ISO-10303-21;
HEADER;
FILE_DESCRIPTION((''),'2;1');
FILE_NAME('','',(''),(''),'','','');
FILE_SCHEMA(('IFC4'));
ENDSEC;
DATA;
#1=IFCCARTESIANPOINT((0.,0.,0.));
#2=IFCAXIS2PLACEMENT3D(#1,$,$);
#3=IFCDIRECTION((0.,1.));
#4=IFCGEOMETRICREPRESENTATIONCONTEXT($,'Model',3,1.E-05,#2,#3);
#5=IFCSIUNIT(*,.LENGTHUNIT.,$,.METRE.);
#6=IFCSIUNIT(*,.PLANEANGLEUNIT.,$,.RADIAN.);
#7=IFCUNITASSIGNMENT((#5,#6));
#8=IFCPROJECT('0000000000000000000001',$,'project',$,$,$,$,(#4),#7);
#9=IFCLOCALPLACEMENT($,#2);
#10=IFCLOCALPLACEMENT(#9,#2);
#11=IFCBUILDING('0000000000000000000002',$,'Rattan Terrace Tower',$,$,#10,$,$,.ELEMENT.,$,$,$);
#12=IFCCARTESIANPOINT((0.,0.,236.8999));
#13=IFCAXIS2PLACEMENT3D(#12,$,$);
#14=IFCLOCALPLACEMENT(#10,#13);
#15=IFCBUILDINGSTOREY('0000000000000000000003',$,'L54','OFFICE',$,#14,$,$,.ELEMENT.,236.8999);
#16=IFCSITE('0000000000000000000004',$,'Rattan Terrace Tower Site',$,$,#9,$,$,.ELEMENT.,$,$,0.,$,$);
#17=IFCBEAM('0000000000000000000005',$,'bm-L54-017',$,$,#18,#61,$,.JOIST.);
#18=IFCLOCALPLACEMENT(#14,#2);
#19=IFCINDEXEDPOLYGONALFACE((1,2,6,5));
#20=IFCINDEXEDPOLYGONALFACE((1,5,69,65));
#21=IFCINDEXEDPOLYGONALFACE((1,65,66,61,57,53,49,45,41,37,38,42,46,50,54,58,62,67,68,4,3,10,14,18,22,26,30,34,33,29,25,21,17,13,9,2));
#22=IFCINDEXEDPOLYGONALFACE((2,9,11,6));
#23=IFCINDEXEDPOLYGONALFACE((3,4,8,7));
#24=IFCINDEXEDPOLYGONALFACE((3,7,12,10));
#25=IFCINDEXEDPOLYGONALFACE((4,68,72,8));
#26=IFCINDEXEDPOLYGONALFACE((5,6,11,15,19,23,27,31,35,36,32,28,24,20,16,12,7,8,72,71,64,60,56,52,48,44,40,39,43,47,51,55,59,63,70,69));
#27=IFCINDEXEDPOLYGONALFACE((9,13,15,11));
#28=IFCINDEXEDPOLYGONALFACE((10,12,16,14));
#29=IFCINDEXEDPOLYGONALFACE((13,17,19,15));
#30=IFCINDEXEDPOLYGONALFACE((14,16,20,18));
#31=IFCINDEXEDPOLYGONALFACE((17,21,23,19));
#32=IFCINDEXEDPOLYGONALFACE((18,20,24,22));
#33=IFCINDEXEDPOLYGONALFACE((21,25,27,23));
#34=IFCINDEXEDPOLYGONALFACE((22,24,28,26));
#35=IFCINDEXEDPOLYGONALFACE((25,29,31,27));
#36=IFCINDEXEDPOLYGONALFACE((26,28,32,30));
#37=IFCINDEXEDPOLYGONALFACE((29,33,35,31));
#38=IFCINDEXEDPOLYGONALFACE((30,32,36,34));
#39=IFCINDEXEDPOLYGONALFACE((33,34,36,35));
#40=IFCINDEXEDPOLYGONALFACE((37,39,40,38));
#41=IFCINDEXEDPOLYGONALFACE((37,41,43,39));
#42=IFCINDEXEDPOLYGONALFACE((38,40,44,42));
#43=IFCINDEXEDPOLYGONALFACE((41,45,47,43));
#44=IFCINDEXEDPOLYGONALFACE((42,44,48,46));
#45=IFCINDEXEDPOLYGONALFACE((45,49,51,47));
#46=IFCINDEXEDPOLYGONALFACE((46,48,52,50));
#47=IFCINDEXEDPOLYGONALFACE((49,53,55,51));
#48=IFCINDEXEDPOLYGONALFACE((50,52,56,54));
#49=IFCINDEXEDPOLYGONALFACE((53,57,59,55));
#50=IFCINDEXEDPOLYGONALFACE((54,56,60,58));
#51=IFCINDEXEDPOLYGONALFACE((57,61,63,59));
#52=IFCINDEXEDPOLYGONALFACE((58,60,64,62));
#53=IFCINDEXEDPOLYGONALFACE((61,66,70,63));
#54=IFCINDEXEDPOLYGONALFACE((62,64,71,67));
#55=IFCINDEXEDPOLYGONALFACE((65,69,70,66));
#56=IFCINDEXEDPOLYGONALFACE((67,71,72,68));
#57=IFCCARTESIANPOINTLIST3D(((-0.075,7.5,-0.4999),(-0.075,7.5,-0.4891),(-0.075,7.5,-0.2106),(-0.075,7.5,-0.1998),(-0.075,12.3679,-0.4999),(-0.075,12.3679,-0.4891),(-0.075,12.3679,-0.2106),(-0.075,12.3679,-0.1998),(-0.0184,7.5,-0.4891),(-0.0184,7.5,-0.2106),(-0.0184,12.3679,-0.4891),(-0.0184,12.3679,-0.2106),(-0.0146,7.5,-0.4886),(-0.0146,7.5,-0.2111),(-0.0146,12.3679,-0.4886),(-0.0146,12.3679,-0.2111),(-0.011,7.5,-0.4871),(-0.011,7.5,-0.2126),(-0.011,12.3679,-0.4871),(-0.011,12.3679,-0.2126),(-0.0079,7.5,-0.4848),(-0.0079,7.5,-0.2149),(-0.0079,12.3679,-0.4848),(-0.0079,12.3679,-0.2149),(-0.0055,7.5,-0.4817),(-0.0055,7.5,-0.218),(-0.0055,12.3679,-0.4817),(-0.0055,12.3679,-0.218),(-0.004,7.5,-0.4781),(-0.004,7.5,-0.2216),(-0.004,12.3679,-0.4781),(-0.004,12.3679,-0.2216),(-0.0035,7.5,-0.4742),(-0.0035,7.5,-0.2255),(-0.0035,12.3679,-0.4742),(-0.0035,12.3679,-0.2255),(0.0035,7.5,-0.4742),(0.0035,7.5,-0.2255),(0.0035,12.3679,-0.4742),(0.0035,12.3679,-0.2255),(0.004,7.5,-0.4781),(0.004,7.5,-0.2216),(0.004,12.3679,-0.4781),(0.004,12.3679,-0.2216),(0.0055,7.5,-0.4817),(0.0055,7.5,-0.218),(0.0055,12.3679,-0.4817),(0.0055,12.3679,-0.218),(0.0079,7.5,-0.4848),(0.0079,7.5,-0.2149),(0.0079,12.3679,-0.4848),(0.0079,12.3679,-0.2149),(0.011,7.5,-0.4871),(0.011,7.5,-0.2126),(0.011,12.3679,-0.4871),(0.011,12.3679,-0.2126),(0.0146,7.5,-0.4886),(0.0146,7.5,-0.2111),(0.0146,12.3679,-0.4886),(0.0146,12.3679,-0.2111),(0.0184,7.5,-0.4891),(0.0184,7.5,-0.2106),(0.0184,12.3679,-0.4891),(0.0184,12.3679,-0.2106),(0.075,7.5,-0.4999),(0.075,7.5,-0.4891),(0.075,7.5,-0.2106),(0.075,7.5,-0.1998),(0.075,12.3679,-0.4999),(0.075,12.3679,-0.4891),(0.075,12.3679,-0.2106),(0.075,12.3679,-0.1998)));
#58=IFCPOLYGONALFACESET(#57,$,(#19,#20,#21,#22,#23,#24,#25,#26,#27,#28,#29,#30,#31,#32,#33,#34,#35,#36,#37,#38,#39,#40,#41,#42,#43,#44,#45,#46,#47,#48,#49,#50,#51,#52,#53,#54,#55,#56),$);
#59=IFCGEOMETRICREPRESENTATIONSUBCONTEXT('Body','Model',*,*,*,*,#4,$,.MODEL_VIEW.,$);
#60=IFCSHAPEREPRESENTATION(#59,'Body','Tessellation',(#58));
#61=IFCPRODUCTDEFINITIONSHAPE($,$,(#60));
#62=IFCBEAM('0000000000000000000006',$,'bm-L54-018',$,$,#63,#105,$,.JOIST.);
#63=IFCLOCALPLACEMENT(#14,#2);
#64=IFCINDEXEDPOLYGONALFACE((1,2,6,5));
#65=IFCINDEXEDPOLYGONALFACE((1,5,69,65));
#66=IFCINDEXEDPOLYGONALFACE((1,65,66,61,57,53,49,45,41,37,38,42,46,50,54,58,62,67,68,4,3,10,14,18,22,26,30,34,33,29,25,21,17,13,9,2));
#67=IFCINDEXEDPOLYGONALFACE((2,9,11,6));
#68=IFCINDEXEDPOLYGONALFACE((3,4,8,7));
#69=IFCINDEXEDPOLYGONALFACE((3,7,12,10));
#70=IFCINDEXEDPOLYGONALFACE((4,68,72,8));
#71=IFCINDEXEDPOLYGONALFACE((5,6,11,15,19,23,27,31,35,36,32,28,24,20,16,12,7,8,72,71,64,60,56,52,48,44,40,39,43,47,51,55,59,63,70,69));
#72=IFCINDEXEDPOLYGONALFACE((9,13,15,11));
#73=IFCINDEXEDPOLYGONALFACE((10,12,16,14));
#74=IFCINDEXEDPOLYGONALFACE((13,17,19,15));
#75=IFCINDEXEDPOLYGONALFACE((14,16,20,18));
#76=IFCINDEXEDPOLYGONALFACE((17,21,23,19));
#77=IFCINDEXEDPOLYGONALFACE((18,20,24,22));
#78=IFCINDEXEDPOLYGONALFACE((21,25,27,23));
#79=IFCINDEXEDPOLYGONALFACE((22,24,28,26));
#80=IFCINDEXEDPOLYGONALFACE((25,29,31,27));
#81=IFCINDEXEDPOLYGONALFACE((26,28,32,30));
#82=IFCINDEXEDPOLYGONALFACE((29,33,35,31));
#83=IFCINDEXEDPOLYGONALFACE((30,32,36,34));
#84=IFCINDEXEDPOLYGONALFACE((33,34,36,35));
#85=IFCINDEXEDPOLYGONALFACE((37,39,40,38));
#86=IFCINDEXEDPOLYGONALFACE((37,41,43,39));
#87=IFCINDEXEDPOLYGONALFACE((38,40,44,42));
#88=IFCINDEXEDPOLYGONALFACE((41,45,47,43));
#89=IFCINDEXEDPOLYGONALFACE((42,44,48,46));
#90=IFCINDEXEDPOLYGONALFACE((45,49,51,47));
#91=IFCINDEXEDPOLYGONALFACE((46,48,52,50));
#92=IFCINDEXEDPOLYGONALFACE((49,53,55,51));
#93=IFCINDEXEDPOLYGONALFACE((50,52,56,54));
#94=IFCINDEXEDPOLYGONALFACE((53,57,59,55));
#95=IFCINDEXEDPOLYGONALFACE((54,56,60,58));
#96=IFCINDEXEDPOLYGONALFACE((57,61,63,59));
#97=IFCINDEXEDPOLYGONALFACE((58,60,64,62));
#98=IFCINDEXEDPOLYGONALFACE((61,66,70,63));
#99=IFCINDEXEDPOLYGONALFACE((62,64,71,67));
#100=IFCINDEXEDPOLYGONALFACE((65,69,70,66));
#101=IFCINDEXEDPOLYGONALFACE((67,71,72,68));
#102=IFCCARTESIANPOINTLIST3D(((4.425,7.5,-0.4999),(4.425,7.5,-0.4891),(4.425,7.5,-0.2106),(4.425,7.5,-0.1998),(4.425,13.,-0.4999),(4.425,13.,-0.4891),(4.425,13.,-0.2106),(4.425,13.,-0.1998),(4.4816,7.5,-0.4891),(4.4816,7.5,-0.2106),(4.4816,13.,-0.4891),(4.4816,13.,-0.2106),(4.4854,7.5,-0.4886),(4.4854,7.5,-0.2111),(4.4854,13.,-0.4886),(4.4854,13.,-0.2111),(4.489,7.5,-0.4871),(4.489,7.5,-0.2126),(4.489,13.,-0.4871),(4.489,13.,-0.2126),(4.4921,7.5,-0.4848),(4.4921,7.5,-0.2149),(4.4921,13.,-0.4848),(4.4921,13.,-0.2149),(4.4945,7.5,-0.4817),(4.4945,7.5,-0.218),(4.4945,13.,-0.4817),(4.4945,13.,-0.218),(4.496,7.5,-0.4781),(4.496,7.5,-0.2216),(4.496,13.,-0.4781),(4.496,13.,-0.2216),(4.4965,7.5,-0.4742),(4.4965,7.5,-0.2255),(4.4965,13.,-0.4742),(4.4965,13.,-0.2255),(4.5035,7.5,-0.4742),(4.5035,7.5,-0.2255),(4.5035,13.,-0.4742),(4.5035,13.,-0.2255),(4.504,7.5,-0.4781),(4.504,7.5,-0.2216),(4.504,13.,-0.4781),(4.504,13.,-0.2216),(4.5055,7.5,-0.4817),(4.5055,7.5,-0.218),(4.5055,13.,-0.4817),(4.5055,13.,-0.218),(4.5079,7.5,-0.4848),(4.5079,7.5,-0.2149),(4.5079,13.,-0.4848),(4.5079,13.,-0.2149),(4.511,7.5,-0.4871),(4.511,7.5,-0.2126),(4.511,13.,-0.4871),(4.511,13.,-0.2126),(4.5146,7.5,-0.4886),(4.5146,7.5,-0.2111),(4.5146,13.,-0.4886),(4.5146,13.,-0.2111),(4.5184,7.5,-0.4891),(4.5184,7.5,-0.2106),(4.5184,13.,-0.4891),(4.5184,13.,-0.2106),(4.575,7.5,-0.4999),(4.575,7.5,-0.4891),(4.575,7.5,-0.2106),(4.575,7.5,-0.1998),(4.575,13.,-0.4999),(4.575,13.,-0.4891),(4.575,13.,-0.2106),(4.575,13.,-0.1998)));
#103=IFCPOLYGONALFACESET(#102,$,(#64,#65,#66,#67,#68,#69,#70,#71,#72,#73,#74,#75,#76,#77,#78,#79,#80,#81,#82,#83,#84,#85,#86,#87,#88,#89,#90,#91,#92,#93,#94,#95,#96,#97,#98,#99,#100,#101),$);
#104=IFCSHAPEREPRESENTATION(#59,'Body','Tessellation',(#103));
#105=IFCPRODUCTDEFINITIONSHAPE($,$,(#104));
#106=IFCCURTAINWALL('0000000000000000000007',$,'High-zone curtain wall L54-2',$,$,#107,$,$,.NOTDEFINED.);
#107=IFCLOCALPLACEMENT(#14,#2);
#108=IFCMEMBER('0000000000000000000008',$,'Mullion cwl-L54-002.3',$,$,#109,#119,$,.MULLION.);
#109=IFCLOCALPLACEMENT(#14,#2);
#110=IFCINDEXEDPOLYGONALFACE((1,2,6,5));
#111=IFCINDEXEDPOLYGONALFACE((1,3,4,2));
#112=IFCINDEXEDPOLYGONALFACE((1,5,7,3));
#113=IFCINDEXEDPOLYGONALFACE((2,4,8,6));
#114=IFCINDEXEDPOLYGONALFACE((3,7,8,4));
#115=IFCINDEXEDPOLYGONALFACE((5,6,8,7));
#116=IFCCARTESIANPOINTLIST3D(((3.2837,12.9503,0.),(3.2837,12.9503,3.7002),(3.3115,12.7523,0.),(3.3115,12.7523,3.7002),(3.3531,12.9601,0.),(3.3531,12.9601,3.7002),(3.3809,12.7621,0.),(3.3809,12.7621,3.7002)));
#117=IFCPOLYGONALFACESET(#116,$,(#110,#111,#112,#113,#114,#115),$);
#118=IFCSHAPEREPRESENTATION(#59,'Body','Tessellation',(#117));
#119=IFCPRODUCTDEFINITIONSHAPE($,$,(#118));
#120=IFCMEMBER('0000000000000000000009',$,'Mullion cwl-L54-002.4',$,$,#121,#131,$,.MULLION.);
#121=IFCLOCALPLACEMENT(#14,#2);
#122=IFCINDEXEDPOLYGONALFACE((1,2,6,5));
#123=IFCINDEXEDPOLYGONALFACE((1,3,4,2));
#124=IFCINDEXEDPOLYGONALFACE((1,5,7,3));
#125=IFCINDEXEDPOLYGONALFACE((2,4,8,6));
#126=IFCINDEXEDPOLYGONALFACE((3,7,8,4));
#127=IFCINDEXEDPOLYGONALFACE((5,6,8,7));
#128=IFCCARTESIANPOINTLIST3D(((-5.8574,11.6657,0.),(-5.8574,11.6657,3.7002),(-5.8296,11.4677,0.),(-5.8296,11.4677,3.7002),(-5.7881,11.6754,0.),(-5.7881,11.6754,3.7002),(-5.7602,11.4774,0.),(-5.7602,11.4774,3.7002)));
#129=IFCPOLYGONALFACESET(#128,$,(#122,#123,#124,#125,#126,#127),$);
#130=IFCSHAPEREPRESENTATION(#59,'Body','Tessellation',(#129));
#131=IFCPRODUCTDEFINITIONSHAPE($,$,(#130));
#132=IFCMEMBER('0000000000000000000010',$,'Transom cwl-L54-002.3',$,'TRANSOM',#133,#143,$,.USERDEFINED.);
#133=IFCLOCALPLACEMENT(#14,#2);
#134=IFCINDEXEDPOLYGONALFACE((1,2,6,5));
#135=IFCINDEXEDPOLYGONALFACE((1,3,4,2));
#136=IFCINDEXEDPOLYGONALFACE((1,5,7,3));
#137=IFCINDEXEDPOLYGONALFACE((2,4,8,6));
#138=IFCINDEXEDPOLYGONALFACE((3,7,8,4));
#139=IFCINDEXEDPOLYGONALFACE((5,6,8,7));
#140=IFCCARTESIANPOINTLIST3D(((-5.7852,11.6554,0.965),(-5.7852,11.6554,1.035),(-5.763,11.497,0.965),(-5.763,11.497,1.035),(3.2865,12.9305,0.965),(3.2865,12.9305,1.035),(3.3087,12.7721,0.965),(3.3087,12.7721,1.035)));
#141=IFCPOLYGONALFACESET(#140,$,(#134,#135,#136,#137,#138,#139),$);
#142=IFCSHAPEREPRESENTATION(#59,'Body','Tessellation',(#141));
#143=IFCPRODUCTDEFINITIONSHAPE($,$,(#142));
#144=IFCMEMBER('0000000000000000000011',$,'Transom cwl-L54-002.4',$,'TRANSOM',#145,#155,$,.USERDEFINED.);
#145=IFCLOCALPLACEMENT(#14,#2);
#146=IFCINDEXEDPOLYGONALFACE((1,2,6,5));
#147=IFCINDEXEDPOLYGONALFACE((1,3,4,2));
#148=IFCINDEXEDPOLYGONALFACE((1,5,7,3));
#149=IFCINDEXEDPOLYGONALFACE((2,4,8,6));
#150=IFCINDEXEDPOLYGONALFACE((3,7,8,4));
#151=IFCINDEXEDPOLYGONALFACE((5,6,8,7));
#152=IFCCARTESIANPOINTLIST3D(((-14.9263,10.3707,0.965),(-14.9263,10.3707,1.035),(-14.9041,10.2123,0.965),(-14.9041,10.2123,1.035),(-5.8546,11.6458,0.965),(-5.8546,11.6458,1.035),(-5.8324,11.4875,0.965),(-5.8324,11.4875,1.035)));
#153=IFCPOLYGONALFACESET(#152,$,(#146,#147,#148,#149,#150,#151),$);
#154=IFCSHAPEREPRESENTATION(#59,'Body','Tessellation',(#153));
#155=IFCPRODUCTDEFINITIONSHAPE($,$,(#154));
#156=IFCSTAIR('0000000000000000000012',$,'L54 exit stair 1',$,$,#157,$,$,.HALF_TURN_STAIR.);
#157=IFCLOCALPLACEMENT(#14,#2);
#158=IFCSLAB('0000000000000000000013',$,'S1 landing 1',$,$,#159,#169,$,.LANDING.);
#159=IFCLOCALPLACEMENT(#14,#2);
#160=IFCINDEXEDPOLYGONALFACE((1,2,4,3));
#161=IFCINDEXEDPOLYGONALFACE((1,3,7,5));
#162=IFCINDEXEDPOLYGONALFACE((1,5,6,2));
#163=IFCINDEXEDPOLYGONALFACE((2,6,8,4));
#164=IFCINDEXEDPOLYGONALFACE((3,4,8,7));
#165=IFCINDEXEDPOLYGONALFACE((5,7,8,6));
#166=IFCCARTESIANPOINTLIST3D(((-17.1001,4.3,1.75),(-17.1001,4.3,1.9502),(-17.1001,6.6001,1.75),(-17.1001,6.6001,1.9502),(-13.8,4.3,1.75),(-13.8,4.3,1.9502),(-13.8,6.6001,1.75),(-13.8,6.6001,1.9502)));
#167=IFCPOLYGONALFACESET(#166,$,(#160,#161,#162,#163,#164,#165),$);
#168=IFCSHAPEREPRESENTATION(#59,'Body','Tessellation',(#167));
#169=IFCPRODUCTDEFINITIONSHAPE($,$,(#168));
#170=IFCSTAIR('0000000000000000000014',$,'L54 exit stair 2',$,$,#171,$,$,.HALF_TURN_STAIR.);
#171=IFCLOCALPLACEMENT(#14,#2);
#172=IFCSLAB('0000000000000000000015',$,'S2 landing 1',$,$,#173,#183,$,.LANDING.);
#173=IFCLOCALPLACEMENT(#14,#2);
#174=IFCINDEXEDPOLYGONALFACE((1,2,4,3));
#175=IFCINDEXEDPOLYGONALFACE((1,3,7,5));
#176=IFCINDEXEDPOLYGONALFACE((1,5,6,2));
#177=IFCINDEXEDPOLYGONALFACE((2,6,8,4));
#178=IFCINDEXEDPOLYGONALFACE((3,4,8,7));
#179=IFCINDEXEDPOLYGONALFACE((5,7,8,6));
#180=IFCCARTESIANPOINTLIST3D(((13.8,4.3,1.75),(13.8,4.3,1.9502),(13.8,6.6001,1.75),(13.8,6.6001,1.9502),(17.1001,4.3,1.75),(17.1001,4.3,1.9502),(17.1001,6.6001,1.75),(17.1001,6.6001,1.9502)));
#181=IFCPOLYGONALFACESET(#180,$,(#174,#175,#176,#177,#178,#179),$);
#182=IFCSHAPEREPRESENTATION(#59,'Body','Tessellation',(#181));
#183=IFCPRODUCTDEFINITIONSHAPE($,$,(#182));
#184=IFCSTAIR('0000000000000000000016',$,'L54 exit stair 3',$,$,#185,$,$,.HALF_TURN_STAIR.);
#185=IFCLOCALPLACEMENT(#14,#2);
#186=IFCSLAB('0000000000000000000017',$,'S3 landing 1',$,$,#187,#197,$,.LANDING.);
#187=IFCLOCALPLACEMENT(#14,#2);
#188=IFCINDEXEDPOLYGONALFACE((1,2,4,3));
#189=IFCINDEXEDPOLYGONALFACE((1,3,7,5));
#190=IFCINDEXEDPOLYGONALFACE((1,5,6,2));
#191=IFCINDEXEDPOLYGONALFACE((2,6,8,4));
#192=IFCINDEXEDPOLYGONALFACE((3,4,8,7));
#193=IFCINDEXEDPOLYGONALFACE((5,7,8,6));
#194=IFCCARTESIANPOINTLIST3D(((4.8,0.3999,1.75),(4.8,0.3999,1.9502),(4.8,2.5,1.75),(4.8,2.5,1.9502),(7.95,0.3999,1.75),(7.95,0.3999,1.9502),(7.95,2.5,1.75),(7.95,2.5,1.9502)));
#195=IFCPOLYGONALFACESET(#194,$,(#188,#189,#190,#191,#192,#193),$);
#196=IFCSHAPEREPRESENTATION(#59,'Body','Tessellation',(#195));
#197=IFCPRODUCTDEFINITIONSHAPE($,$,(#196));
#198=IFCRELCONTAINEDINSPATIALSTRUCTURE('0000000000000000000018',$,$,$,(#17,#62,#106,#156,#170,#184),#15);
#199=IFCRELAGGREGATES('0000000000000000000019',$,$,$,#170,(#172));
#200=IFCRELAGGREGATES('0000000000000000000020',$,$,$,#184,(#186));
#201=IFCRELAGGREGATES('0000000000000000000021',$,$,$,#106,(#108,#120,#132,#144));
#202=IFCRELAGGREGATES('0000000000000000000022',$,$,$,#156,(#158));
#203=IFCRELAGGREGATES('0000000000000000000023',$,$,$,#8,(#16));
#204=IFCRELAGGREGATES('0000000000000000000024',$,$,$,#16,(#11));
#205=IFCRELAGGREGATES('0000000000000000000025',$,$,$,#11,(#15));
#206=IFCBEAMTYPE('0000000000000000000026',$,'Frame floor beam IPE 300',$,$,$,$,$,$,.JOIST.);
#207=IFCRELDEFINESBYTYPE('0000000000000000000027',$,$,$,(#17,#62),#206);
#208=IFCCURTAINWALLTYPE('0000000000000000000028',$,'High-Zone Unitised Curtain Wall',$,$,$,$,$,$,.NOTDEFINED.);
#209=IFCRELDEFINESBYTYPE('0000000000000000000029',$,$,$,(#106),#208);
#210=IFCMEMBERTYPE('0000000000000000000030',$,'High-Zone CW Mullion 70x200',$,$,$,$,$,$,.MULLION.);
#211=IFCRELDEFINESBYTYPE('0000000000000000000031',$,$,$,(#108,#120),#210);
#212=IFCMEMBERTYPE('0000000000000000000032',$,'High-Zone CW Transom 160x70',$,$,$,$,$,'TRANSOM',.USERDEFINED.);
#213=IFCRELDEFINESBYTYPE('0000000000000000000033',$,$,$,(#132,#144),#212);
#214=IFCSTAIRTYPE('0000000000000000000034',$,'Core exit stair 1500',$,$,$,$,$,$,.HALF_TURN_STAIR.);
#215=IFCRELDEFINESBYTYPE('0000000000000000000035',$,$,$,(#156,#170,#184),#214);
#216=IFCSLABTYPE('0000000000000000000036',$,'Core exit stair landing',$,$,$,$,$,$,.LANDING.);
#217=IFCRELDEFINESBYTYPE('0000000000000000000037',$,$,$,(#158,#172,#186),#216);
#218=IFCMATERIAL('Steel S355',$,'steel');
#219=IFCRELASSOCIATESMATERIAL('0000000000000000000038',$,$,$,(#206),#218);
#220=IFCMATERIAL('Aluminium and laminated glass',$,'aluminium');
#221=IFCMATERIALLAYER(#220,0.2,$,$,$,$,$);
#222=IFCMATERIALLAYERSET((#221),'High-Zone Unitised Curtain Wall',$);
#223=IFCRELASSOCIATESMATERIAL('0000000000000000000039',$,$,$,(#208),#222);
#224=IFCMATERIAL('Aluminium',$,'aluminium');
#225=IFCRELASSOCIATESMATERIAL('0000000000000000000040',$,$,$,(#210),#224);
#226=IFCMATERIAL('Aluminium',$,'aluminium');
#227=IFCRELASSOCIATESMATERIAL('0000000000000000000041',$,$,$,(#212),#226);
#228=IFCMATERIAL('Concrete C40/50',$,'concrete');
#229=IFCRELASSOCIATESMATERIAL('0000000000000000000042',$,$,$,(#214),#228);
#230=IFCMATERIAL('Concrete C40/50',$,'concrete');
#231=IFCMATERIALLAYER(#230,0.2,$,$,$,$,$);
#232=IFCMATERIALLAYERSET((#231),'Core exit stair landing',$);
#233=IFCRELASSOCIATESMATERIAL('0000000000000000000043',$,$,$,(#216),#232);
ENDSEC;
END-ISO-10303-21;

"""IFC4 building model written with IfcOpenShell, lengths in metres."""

from ifc_helpers import new_model, si_unit, direction, frame, origin, origin_2d, place, context, subcontext, project, spatial, polyline, rectangle, i_section, outline, extrude, material, layer, layer_set, material_profile, profile_set, type_object, element, aggregate, save


model = new_model("IFC4")

# Units and contexts
model_context = context("Model", 3, precision=1e-05, world=origin(), true_north=direction((0.0, 1.0)))
body_context = subcontext(model_context, "Body", "Model", "MODEL_VIEW")
ifc_project = project(units=[si_unit("LENGTHUNIT", "METRE"), si_unit("PLANEANGLEUNIT", "RADIAN")], contexts=[model_context])

# Site, building, storey
site_placement = place(None, origin())
site = spatial("IfcSite", under=ifc_project, at=site_placement, Name="Rattan Terrace Tower Site", CompositionType="ELEMENT", RefElevation=0.0)
building_placement = place(site_placement, origin())
building = spatial("IfcBuilding", under=site, at=building_placement, Name="Rattan Terrace Tower", CompositionType="ELEMENT")
storey_placement = place(building_placement, frame((0.0, 0.0, 236.8999)))
storey = spatial("IfcBuildingStorey", under=building, at=storey_placement, Name="L54", Description="OFFICE", CompositionType="ELEMENT", Elevation=236.8999)

# Beams
ifc_material_1 = material(Name="Steel S355", Category="steel")
ifc_material_profile_1 = material_profile(ifc_material_1, i_section(OverallWidth=0.1499, OverallDepth=0.3, WebThickness=0.0071, FlangeThickness=0.0107, FilletRadius=0.0149, at=origin_2d()), Name="IPE 300")
ifc_profile_set_1 = profile_set([ifc_material_profile_1], Name="Steel S355")
beam_type = type_object("IfcBeamType", Name="Frame floor beam IPE 300", PredefinedType="JOIST", material=ifc_profile_set_1)
beam_1_placement = place(storey_placement, frame((0.0, 7.5, -0.3499), z_axis=(0.0, 1.0, 0.0), x_axis=(-1.0, 0.0, 0.0)))
element("IfcBeam", 1, at=beam_1_placement, inside=storey, type_object=beam_type, Name="bm-L54-017", PredefinedType="JOIST", context=body_context, shape_type="SweptSolid", body=[
    extrude(i_section(OverallWidth=0.1499, OverallDepth=0.3, WebThickness=0.0071, FlangeThickness=0.0107, FilletRadius=0.0149, at=origin_2d()), origin(), (0.0, 0.0, 1.0), 4.8679),
])
beam_2_placement = place(storey_placement, frame((4.5, 7.5, -0.3499), z_axis=(0.0, 1.0, 0.0), x_axis=(-1.0, 0.0, 0.0)))
element("IfcBeam", 2, at=beam_2_placement, inside=storey, type_object=beam_type, Name="bm-L54-018", PredefinedType="JOIST", context=body_context, shape_type="SweptSolid", body=[
    extrude(i_section(OverallWidth=0.1499, OverallDepth=0.3, WebThickness=0.0071, FlangeThickness=0.0107, FilletRadius=0.0149, at=origin_2d()), origin(), (0.0, 0.0, 1.0), 5.5),
])

# Curtain wall, members
ifc_material_2 = material(Name="Aluminium and laminated glass", Category="aluminium")
ifc_layer_1 = layer(ifc_material_2, 0.2)
ifc_layer_set_1 = layer_set([ifc_layer_1], Name="High-Zone Unitised Curtain Wall")
curtain_wall_type = type_object("IfcCurtainWallType", Name="High-Zone Unitised Curtain Wall", PredefinedType="NOTDEFINED", material=ifc_layer_set_1)
curtain_wall_placement = place(storey_placement, origin())
curtain_wall = element("IfcCurtainWall", 3, at=curtain_wall_placement, inside=storey, type_object=curtain_wall_type, Name="High-zone curtain wall L54-2", PredefinedType="NOTDEFINED")
ifc_material_3 = material(Name="Aluminium", Category="aluminium")
ifc_material_profile_2 = material_profile(ifc_material_3, rectangle(XDim=0.0701, YDim=0.2, at=origin_2d()), Name="Aluminium 70x200")
ifc_profile_set_2 = profile_set([ifc_material_profile_2], Name="Aluminium")
member_type_1 = type_object("IfcMemberType", Name="High-Zone CW Mullion 70x200", PredefinedType="MULLION", material=ifc_profile_set_2)
member_1_placement = place(storey_placement, frame((3.3323, 12.8562, 0.0), z_axis=(0.0, 0.0, 1.0), x_axis=(-0.990267, -0.139177, 0.0)))
member_1 = element("IfcMember", 4, at=member_1_placement, type_object=member_type_1, Name="Mullion cwl-L54-002.3", PredefinedType="MULLION", context=body_context, shape_type="SweptSolid", body=[
    extrude(rectangle(XDim=0.0701, YDim=0.2, at=origin_2d()), origin(), (0.0, 0.0, 1.0), 3.7002),
])
member_2_placement = place(storey_placement, frame((-5.8088, 11.5715, 0.0), z_axis=(0.0, 0.0, 1.0), x_axis=(-0.990267, -0.139177, 0.0)))
member_2 = element("IfcMember", 5, at=member_2_placement, type_object=member_type_1, Name="Mullion cwl-L54-002.4", PredefinedType="MULLION", context=body_context, shape_type="SweptSolid", body=[
    extrude(rectangle(XDim=0.0701, YDim=0.2, at=origin_2d()), origin(), (0.0, 0.0, 1.0), 3.7002),
])
ifc_material_4 = material(Name="Aluminium", Category="aluminium")
ifc_material_profile_3 = material_profile(ifc_material_4, rectangle(XDim=0.1599, YDim=0.0701, at=origin_2d()), Name="Aluminium 160x70")
ifc_profile_set_3 = profile_set([ifc_material_profile_3], Name="Aluminium")
member_type_2 = type_object("IfcMemberType", Name="High-Zone CW Transom 160x70", ElementType="TRANSOM", PredefinedType="USERDEFINED", material=ifc_profile_set_3)
member_3_placement = place(storey_placement, frame((3.2976, 12.8513, 1.0), z_axis=(-0.990265, -0.139194, 0.0), x_axis=(0.139194, -0.990265, 0.0)))
member_3 = element("IfcMember", 6, at=member_3_placement, type_object=member_type_2, Name="Transom cwl-L54-002.3", ObjectType="TRANSOM", PredefinedType="USERDEFINED", context=body_context, shape_type="SweptSolid", body=[
    extrude(rectangle(XDim=0.1599, YDim=0.0701, at=origin_2d()), origin(), (0.0, 0.0, 1.0), 9.1609),
])
member_4_placement = place(storey_placement, frame((-5.8435, 11.5667, 1.0), z_axis=(-0.990265, -0.139194, 0.0), x_axis=(0.139194, -0.990265, 0.0)))
member_4 = element("IfcMember", 7, at=member_4_placement, type_object=member_type_2, Name="Transom cwl-L54-002.4", ObjectType="TRANSOM", PredefinedType="USERDEFINED", context=body_context, shape_type="SweptSolid", body=[
    extrude(rectangle(XDim=0.1599, YDim=0.0701, at=origin_2d()), origin(), (0.0, 0.0, 1.0), 9.1609),
])

# Stairs, slabs
ifc_material_5 = material(Name="Concrete C40/50", Category="concrete")
stair_type = type_object("IfcStairType", Name="Core exit stair 1500", PredefinedType="HALF_TURN_STAIR", material=ifc_material_5)
stair_1_placement = place(storey_placement, origin())
stair_1 = element("IfcStair", 8, at=stair_1_placement, inside=storey, type_object=stair_type, Name="L54 exit stair 1", PredefinedType="HALF_TURN_STAIR")
ifc_material_6 = material(Name="Concrete C40/50", Category="concrete")
ifc_layer_2 = layer(ifc_material_6, 0.2)
ifc_layer_set_2 = layer_set([ifc_layer_2], Name="Core exit stair landing")
slab_type_1 = type_object("IfcSlabType", Name="Core exit stair landing", PredefinedType="LANDING", material=ifc_layer_set_2)
slab_1_placement = place(storey_placement, frame((0.0, 0.0, 1.75)))
slab_1 = element("IfcSlab", 9, at=slab_1_placement, type_object=slab_type_1, Name="S1 landing 1", PredefinedType="LANDING", context=body_context, shape_type="SweptSolid", body=[
    extrude(outline(polyline([(-13.8, 4.3), (-13.8, 6.6001), (-17.1001, 6.6001), (-17.1001, 4.3), (-13.8, 4.3)])), origin(), (0.0, 0.0, 1.0), 0.2002),
])
stair_2_placement = place(storey_placement, origin())
stair_2 = element("IfcStair", 10, at=stair_2_placement, inside=storey, type_object=stair_type, Name="L54 exit stair 2", PredefinedType="HALF_TURN_STAIR")
slab_2_placement = place(storey_placement, frame((0.0, 0.0, 1.75)))
slab_2 = element("IfcSlab", 11, at=slab_2_placement, type_object=slab_type_1, Name="S2 landing 1", PredefinedType="LANDING", context=body_context, shape_type="SweptSolid", body=[
    extrude(outline(polyline([(17.1001, 4.3), (17.1001, 6.6001), (13.8, 6.6001), (13.8, 4.3), (17.1001, 4.3)])), origin(), (0.0, 0.0, 1.0), 0.2002),
])
aggregate(stair_2, [slab_2])
stair_3_placement = place(storey_placement, origin())
stair_3 = element("IfcStair", 12, at=stair_3_placement, inside=storey, type_object=stair_type, Name="L54 exit stair 3", PredefinedType="HALF_TURN_STAIR")
slab_3_placement = place(storey_placement, frame((0.0, 0.0, 1.75)))
slab_3 = element("IfcSlab", 13, at=slab_3_placement, type_object=slab_type_1, Name="S3 landing 1", PredefinedType="LANDING", context=body_context, shape_type="SweptSolid", body=[
    extrude(outline(polyline([(4.8, 2.5), (4.8, 0.3999), (7.95, 0.3999), (7.95, 2.5), (4.8, 2.5)])), origin(), (0.0, 0.0, 1.0), 0.2002),
])
aggregate(stair_3, [slab_3])

aggregate(curtain_wall, [member_1, member_2, member_3, member_4])

aggregate(stair_1, [slab_1])

save(model, "model.ifc")
